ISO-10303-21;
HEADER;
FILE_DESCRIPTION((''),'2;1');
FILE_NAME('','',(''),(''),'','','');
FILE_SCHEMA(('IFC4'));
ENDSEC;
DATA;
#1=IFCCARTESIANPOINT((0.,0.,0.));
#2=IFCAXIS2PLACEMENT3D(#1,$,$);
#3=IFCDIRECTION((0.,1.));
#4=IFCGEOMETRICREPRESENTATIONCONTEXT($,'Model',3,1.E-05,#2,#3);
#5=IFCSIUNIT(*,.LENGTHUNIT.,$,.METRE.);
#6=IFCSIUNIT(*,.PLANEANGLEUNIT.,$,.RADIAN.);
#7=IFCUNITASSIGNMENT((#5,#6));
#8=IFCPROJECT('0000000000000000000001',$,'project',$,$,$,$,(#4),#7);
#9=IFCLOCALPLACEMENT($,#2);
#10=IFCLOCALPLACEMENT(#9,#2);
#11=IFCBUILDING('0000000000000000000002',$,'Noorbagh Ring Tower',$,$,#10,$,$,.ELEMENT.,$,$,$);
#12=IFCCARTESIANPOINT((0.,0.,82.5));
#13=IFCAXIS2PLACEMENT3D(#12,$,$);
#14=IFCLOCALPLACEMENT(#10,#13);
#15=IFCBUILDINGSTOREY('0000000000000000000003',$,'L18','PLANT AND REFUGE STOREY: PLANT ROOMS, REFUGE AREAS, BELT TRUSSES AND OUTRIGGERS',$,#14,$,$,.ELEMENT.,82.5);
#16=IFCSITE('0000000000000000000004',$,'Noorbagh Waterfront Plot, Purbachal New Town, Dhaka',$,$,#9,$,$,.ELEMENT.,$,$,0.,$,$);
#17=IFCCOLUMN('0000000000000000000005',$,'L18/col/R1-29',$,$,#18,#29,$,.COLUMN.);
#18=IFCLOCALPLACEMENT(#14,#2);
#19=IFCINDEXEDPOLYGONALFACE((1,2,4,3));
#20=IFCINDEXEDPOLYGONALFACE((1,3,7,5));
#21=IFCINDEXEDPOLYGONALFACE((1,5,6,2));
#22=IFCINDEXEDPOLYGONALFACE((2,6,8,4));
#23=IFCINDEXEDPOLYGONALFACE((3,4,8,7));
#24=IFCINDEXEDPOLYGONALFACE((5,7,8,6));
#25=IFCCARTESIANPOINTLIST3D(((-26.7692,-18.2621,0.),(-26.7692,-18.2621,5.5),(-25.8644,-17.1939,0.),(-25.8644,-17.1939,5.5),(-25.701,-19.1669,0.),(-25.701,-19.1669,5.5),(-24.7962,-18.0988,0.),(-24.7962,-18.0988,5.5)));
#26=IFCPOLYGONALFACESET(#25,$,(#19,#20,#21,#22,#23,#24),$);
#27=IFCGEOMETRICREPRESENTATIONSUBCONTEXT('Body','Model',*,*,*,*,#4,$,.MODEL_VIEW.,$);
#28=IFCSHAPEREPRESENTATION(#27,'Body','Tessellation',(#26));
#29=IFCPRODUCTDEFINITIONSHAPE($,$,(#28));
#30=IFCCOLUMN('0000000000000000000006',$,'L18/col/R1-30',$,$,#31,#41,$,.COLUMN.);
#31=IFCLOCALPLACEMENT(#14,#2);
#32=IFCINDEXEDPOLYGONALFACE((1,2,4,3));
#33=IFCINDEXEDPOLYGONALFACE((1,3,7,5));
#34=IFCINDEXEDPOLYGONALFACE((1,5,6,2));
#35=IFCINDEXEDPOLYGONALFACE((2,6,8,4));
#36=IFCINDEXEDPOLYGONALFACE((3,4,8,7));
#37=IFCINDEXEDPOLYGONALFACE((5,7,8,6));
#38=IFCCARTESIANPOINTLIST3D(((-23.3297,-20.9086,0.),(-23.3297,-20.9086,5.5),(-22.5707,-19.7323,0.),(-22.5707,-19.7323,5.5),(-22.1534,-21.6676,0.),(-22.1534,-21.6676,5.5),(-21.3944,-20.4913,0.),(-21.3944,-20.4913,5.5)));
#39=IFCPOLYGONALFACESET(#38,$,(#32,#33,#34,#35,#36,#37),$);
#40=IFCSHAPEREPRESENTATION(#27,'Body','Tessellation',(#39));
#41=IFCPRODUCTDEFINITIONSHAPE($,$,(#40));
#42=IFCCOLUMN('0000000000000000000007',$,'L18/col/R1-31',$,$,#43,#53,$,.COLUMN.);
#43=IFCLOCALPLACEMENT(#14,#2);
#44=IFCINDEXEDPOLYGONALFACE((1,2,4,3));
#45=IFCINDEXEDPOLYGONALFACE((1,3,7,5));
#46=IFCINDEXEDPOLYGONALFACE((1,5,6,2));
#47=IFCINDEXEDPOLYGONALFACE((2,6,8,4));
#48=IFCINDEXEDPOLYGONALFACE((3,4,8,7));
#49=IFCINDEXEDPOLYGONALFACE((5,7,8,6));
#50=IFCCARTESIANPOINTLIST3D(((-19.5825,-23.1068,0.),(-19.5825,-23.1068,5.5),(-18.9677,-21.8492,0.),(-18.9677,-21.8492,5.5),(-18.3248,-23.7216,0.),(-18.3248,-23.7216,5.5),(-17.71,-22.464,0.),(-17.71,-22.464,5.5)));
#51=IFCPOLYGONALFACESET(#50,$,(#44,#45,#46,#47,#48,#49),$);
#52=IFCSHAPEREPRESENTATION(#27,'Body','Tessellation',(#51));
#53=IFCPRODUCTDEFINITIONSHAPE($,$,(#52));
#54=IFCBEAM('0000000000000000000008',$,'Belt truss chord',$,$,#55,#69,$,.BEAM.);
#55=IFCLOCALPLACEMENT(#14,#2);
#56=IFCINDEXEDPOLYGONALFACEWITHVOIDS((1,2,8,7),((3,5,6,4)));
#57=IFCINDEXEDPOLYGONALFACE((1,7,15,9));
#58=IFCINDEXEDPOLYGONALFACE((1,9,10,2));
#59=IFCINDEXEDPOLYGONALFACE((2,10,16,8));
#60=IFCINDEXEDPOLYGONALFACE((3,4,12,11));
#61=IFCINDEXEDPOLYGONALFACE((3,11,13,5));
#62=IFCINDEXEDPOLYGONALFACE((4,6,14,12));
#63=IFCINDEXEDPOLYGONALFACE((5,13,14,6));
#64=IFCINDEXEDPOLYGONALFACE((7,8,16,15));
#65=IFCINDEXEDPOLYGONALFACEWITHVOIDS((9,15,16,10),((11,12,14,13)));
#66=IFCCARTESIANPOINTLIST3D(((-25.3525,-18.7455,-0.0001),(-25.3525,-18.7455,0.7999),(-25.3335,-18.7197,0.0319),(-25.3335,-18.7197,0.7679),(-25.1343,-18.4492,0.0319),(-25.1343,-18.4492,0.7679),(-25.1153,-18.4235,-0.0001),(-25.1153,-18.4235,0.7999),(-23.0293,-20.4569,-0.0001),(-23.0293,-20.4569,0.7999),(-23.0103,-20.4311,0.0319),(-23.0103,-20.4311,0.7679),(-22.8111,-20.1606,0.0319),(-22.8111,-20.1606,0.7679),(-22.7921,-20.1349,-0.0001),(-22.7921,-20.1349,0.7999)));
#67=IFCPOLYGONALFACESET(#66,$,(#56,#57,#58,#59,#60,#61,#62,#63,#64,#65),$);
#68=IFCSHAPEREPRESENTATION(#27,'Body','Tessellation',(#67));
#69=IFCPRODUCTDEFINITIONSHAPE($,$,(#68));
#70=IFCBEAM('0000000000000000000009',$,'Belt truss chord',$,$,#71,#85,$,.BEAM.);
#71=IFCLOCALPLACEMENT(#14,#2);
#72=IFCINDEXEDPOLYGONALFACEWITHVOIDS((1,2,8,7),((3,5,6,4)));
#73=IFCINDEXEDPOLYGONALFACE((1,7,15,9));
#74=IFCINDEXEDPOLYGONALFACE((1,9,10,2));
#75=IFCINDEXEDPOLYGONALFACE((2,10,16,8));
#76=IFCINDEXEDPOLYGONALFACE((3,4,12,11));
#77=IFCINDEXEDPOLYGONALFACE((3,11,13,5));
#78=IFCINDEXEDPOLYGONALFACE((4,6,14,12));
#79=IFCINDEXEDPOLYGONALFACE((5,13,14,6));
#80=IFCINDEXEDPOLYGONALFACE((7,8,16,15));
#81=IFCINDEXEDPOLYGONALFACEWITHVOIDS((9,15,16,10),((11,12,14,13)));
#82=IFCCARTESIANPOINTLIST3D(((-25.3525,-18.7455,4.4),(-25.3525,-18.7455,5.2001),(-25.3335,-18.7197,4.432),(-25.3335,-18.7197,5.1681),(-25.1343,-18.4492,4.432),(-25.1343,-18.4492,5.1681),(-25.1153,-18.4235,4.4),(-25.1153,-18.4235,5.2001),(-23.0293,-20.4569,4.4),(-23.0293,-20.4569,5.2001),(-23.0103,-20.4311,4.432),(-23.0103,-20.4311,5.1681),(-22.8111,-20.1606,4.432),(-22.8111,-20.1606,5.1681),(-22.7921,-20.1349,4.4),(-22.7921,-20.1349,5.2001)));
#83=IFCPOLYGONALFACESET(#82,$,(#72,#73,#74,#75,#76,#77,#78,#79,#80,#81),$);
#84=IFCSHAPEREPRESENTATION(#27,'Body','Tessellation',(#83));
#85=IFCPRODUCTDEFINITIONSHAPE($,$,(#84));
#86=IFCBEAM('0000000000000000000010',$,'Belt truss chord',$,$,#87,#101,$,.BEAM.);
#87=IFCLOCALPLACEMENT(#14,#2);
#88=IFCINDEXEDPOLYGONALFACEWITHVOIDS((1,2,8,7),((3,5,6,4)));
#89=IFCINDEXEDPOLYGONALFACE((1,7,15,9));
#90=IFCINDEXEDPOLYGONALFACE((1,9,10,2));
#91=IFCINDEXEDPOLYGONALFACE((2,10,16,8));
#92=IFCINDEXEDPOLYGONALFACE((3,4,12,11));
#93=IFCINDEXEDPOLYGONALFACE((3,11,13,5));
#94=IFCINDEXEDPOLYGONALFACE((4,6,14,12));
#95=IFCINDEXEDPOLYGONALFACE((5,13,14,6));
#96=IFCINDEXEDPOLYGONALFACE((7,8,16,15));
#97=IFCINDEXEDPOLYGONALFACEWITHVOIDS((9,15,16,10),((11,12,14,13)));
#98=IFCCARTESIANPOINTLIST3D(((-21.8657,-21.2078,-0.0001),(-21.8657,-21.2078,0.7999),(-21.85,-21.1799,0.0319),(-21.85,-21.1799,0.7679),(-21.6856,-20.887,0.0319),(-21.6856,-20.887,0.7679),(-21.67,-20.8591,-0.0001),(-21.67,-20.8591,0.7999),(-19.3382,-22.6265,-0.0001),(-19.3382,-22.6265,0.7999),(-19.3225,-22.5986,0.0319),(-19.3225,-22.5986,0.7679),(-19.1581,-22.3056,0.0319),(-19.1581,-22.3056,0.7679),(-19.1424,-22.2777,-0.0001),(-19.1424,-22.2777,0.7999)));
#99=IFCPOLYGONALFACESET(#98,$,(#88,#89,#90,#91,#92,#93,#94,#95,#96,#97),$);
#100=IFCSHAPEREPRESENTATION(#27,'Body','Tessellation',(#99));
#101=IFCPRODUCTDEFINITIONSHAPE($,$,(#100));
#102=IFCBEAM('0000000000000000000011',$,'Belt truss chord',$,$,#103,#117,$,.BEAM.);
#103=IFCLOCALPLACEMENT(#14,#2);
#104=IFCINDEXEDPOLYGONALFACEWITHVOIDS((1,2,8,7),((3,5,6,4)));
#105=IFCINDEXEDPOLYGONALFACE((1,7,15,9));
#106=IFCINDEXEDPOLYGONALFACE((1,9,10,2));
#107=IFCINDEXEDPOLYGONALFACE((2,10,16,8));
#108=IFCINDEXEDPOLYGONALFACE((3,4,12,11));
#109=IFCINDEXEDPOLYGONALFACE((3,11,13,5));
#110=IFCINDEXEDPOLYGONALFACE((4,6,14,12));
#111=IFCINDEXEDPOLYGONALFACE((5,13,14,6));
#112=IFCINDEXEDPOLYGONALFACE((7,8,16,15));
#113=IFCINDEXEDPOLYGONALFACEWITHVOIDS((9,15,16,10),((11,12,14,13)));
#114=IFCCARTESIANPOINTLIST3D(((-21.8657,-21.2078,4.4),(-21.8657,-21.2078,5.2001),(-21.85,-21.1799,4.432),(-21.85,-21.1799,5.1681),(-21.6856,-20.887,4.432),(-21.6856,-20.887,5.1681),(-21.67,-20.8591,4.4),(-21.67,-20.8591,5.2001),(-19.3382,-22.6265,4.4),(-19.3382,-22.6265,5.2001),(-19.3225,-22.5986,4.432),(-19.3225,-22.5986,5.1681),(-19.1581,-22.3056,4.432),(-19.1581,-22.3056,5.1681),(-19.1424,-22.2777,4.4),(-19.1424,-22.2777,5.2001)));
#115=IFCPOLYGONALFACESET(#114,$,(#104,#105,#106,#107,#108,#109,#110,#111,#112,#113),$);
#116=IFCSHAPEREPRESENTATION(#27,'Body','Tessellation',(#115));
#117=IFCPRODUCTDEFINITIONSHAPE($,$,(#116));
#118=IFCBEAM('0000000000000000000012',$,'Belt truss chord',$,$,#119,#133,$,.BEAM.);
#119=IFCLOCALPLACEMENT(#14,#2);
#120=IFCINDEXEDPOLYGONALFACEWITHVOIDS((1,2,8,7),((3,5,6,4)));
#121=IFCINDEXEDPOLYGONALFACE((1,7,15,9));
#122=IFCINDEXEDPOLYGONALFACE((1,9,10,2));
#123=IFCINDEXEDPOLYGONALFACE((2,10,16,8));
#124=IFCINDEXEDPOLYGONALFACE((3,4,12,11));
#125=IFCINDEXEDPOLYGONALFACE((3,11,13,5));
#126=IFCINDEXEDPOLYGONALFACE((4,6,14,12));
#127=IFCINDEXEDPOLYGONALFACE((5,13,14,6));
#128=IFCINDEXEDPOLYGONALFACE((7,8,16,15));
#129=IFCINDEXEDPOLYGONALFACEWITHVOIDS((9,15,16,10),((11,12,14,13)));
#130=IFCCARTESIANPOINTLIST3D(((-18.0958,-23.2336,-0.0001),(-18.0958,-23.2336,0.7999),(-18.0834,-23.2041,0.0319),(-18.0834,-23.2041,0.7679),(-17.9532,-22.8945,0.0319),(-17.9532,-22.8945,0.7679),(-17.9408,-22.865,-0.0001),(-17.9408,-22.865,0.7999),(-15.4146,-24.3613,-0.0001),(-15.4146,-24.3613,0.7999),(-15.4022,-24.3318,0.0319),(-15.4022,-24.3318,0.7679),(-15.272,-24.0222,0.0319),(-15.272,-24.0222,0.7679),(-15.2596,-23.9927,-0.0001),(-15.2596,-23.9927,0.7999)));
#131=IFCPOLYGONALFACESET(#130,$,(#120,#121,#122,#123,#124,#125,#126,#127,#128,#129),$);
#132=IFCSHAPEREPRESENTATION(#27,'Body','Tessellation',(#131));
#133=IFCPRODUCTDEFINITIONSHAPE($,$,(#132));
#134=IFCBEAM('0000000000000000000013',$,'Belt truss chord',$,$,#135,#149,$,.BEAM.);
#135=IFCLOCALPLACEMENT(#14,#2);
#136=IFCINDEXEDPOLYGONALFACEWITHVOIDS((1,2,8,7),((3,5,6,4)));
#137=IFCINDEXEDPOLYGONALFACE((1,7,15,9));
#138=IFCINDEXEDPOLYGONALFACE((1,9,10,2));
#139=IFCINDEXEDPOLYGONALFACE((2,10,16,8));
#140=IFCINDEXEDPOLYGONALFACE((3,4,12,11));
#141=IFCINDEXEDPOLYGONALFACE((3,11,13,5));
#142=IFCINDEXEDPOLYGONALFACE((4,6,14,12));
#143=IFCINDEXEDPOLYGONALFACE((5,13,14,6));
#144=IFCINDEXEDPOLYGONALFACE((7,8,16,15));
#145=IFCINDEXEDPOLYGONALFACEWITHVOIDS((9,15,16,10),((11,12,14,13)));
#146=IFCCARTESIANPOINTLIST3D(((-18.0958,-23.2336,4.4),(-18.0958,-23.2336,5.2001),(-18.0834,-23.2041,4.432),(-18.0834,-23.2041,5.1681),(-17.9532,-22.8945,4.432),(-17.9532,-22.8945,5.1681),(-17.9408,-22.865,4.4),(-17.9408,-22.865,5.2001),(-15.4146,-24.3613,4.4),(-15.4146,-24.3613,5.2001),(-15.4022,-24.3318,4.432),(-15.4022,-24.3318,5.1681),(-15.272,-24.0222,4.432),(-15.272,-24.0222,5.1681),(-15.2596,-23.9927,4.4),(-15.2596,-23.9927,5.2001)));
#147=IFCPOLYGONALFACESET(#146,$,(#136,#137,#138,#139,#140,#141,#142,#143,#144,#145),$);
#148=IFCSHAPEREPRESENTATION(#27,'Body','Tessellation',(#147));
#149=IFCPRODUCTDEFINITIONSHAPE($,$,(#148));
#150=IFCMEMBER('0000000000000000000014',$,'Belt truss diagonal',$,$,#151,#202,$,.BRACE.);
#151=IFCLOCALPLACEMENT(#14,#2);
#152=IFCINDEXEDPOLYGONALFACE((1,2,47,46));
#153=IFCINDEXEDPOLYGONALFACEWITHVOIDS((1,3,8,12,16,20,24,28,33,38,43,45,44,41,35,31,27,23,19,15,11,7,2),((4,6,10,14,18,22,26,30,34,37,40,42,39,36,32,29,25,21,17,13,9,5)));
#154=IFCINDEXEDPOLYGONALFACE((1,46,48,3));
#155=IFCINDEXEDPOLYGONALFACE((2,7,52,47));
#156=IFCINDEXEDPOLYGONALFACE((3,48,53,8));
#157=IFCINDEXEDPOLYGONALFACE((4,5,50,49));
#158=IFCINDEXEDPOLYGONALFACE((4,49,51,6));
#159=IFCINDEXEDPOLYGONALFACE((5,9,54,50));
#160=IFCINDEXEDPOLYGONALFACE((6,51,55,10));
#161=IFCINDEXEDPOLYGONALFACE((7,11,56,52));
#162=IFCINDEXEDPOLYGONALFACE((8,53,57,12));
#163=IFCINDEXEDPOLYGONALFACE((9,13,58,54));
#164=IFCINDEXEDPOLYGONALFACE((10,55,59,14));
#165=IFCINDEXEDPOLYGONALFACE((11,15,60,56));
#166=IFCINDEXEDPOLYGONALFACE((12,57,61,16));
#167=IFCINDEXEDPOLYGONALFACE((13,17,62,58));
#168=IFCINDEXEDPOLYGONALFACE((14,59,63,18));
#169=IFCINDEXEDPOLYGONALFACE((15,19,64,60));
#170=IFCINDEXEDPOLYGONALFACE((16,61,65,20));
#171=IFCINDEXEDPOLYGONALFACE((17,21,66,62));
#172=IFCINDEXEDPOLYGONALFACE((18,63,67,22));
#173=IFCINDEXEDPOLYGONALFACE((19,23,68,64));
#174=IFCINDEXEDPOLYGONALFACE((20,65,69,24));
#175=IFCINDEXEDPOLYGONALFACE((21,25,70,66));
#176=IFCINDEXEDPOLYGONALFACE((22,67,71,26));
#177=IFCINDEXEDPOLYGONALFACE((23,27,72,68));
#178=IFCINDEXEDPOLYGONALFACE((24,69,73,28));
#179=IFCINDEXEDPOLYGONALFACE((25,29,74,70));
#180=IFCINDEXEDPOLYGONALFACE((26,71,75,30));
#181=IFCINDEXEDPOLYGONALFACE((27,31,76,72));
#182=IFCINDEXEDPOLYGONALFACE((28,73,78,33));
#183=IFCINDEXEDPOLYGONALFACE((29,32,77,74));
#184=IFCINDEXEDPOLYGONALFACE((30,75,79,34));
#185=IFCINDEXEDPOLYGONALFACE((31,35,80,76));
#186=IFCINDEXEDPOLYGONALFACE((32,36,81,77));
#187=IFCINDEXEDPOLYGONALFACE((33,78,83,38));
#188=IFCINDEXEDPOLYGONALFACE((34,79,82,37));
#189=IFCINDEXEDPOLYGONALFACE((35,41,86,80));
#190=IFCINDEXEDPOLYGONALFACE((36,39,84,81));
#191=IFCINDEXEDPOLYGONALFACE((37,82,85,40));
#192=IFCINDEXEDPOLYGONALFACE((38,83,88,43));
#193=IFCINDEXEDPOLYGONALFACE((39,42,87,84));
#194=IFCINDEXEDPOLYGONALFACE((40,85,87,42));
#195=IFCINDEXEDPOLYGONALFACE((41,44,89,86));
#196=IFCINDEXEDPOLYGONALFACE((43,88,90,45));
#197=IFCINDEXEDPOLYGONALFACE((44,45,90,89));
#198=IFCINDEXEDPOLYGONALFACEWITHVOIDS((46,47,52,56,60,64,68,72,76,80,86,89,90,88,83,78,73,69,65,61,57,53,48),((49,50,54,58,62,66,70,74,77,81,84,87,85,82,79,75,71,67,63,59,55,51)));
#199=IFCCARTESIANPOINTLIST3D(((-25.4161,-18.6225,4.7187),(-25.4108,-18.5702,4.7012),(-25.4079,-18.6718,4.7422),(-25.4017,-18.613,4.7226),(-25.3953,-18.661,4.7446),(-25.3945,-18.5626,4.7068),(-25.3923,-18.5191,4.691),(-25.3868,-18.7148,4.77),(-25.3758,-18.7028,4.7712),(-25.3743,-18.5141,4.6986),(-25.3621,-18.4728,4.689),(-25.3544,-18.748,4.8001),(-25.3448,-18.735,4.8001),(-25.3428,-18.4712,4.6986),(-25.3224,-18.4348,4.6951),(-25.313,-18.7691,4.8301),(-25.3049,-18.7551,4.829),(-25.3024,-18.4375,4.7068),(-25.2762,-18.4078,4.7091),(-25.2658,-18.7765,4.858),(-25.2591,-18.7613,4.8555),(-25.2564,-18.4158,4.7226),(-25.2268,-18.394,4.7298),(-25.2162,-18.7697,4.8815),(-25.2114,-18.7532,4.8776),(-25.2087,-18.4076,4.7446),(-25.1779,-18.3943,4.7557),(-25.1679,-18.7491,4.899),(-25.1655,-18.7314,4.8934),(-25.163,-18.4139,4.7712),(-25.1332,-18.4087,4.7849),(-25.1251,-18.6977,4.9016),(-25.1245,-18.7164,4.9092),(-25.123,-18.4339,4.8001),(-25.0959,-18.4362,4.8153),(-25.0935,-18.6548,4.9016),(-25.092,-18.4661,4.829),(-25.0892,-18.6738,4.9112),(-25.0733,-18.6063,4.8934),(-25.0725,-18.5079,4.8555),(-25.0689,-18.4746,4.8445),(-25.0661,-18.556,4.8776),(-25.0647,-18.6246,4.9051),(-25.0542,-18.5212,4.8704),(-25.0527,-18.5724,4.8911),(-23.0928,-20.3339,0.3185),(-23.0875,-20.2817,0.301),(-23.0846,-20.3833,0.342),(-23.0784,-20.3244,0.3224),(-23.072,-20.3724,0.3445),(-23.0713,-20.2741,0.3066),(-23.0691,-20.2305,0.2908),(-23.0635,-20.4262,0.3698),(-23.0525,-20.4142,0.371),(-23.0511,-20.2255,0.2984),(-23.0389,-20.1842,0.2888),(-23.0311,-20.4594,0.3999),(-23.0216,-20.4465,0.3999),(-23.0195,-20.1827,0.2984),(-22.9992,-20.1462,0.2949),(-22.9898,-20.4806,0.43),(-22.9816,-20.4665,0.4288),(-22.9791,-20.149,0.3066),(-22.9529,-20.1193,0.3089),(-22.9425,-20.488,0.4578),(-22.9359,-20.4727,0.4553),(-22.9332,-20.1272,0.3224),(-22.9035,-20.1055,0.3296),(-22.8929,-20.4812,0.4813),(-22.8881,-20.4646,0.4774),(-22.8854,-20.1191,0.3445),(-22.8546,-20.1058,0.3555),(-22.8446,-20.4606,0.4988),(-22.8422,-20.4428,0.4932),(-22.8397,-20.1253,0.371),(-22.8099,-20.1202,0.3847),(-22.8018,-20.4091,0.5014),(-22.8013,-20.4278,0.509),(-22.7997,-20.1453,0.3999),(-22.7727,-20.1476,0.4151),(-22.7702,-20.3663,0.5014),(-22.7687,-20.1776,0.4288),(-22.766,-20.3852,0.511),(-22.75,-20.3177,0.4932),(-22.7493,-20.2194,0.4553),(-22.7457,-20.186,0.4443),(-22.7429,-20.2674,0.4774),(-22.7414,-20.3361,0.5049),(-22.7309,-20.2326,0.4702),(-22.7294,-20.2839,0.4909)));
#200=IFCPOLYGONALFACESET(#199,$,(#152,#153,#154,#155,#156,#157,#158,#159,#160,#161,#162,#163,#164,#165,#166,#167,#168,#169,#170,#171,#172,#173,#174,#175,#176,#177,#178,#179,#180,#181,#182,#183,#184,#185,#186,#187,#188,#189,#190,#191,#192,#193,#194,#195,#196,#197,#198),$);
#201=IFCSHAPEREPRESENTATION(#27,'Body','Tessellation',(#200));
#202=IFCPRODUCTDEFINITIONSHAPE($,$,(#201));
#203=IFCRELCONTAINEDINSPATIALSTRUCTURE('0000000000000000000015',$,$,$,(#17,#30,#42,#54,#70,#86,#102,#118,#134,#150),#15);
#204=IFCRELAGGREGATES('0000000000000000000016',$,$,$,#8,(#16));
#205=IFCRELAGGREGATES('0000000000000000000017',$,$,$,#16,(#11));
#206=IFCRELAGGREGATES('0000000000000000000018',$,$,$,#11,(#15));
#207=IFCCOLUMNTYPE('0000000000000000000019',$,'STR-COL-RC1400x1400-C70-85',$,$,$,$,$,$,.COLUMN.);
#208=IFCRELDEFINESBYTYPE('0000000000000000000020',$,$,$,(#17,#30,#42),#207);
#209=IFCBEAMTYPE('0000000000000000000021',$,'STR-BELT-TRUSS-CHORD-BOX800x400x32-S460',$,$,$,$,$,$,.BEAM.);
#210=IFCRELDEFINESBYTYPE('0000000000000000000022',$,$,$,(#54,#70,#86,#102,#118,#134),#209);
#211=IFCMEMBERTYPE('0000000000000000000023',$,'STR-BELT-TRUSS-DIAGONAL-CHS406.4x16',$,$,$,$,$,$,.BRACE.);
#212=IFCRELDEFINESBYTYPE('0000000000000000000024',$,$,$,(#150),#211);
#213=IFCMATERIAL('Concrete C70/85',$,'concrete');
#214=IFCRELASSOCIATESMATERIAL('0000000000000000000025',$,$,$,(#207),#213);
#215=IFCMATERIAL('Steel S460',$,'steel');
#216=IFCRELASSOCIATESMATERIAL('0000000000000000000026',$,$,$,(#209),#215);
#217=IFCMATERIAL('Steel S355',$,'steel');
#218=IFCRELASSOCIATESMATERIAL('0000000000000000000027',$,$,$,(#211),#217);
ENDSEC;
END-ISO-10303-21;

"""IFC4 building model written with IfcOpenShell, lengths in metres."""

from ifc_helpers import new_model, si_unit, direction, frame, origin, origin_2d, place, context, subcontext, project, spatial, rectangle, hollow_rectangle, hollow_circle, extrude, material, material_profile, profile_set, type_object, element, save


model = new_model("IFC4")

# Units and contexts
model_context = context("Model", 3, precision=1e-05, world=origin(), true_north=direction((0.0, 1.0)))
body_context = subcontext(model_context, "Body", "Model", "MODEL_VIEW")
ifc_project = project(units=[si_unit("LENGTHUNIT", "METRE"), si_unit("PLANEANGLEUNIT", "RADIAN")], contexts=[model_context])

# Site, building, storey
site_placement = place(None, origin())
site = spatial("IfcSite", under=ifc_project, at=site_placement, Name="Noorbagh Waterfront Plot, Purbachal New Town, Dhaka", CompositionType="ELEMENT", RefElevation=0.0)
building_placement = place(site_placement, origin())
building = spatial("IfcBuilding", under=site, at=building_placement, Name="Noorbagh Ring Tower", CompositionType="ELEMENT")
storey_placement = place(building_placement, frame((0.0, 0.0, 82.5)))
storey = spatial("IfcBuildingStorey", under=building, at=storey_placement, Name="L18", Description="PLANT AND REFUGE STOREY: PLANT ROOMS, REFUGE AREAS, BELT TRUSSES AND OUTRIGGERS", CompositionType="ELEMENT", Elevation=82.5)

# Columns
ifc_material_1 = material(Name="Concrete C70/85", Category="concrete")
ifc_material_profile_1 = material_profile(ifc_material_1, rectangle(XDim=1.3999, YDim=1.3999, at=origin_2d()), Name="RC1400x1400")
ifc_profile_set_1 = profile_set([ifc_material_profile_1], Name="Concrete C70/85")
column_type = type_object("IfcColumnType", Name="STR-COL-RC1400x1400-C70-85", PredefinedType="COLUMN", material=ifc_profile_set_1)
for number, where, z_axis, x_axis, name in (
    (1, (-25.7827, -18.1804, 0.0), (0.0, 0.0, 1.0), (0.763035, -0.646357, 0.0), "L18/col/R1-29"),
    (2, (-22.3621, -20.7, 0.0), (0.0, 0.0, 1.0), (0.840248, -0.542203, 0.0), "L18/col/R1-30"),
    (3, (-18.6462, -22.7854, 0.0), (0.0, 0.0, 1.0), (0.898399, -0.43918, 0.0), "L18/col/R1-31"),
):
    element("IfcColumn", number, at=place(storey_placement, frame(where, z_axis=z_axis, x_axis=x_axis)), inside=storey, type_object=column_type, Name=name, PredefinedType="COLUMN", context=body_context, shape_type="SweptSolid", body=[
        extrude(rectangle(XDim=1.3999, YDim=1.3999, at=origin_2d()), origin(), (0.0, 0.0, 1.0), 5.5),
    ])

# Beams
ifc_material_2 = material(Name="Steel S460", Category="steel")
ifc_material_profile_2 = material_profile(ifc_material_2, hollow_rectangle(XDim=0.3999, YDim=0.8, WallThickness=0.032, at=origin_2d()), Name="BOX800x400x32")
ifc_profile_set_2 = profile_set([ifc_material_profile_2], Name="Steel S460")
beam_type_1 = type_object("IfcBeamType", Name="STR-BELT-TRUSS-CHORD-BOX800x400x32-S460", PredefinedType="BEAM", material=ifc_profile_set_2)
for number, where, z_axis, x_axis, name in (
    (4, (-25.2339, -18.5845, 0.3999), (0.805128, -0.593101, 0.0), (0.593101, 0.805128, 0.0), "Belt truss chord"),
    (5, (-25.2339, -18.5845, 4.8), (0.805128, -0.593101, 0.0), (0.593101, 0.805128, 0.0), "Belt truss chord"),
):
    element("IfcBeam", number, at=place(storey_placement, frame(where, z_axis=z_axis, x_axis=x_axis)), inside=storey, type_object=beam_type_1, Name=name, PredefinedType="BEAM", context=body_context, shape_type="SweptSolid", body=[
        extrude(hollow_rectangle(XDim=0.3999, YDim=0.8, WallThickness=0.032, at=origin_2d()), origin(), (0.0, 0.0, 1.0), 2.8855),
    ])
for number, where, z_axis, x_axis, name in (
    (6, (-21.7678, -21.0334, 0.3999), (0.872027, -0.489457, 0.0), (0.489457, 0.872027, 0.0), "Belt truss chord"),
    (7, (-21.7678, -21.0334, 4.8), (0.872027, -0.489457, 0.0), (0.489457, 0.872027, 0.0), "Belt truss chord"),
):
    element("IfcBeam", number, at=place(storey_placement, frame(where, z_axis=z_axis, x_axis=x_axis)), inside=storey, type_object=beam_type_1, Name=name, PredefinedType="BEAM", context=body_context, shape_type="SweptSolid", body=[
        extrude(hollow_rectangle(XDim=0.3999, YDim=0.8, WallThickness=0.032, at=origin_2d()), origin(), (0.0, 0.0, 1.0), 2.8984),
    ])
for number, where, z_axis, x_axis, name in (
    (8, (-18.0183, -23.0493, 0.3999), (0.921785, -0.3877, 0.0), (0.3877, 0.921785, 0.0), "Belt truss chord"),
    (9, (-18.0183, -23.0493, 4.8), (0.921785, -0.3877, 0.0), (0.3877, 0.921785, 0.0), "Belt truss chord"),
):
    element("IfcBeam", number, at=place(storey_placement, frame(where, z_axis=z_axis, x_axis=x_axis)), inside=storey, type_object=beam_type_1, Name=name, PredefinedType="BEAM", context=body_context, shape_type="SweptSolid", body=[
        extrude(hollow_rectangle(XDim=0.3999, YDim=0.8, WallThickness=0.032, at=origin_2d()), origin(), (0.0, 0.0, 1.0), 2.9087),
    ])

# Member
ifc_material_3 = material(Name="Steel S355", Category="steel")
ifc_material_profile_3 = material_profile(ifc_material_3, hollow_circle(Radius=0.2031, WallThickness=0.0161, at=origin_2d()), Name="CHS406.4x16")
ifc_profile_set_3 = profile_set([ifc_material_profile_3], Name="Steel S355")
member_type = type_object("IfcMemberType", Name="STR-BELT-TRUSS-DIAGONAL-CHS406.4x16", PredefinedType="BRACE", material=ifc_profile_set_3)
member_1_placement = place(storey_placement, frame((-22.9106, -20.2959, 0.3999), z_axis=(-0.441521, 0.325248, 0.836226), x_axis=(-0.593101, -0.805128, 0.0)))
element("IfcMember", 10, at=member_1_placement, inside=storey, type_object=member_type, Name="Belt truss diagonal", PredefinedType="BRACE", context=body_context, shape_type="SweptSolid", body=[
    extrude(hollow_circle(Radius=0.2031, WallThickness=0.0161, at=origin_2d()), origin(), (0.0, 0.0, 1.0), 5.262),
])

save(model, "model.ifc")
